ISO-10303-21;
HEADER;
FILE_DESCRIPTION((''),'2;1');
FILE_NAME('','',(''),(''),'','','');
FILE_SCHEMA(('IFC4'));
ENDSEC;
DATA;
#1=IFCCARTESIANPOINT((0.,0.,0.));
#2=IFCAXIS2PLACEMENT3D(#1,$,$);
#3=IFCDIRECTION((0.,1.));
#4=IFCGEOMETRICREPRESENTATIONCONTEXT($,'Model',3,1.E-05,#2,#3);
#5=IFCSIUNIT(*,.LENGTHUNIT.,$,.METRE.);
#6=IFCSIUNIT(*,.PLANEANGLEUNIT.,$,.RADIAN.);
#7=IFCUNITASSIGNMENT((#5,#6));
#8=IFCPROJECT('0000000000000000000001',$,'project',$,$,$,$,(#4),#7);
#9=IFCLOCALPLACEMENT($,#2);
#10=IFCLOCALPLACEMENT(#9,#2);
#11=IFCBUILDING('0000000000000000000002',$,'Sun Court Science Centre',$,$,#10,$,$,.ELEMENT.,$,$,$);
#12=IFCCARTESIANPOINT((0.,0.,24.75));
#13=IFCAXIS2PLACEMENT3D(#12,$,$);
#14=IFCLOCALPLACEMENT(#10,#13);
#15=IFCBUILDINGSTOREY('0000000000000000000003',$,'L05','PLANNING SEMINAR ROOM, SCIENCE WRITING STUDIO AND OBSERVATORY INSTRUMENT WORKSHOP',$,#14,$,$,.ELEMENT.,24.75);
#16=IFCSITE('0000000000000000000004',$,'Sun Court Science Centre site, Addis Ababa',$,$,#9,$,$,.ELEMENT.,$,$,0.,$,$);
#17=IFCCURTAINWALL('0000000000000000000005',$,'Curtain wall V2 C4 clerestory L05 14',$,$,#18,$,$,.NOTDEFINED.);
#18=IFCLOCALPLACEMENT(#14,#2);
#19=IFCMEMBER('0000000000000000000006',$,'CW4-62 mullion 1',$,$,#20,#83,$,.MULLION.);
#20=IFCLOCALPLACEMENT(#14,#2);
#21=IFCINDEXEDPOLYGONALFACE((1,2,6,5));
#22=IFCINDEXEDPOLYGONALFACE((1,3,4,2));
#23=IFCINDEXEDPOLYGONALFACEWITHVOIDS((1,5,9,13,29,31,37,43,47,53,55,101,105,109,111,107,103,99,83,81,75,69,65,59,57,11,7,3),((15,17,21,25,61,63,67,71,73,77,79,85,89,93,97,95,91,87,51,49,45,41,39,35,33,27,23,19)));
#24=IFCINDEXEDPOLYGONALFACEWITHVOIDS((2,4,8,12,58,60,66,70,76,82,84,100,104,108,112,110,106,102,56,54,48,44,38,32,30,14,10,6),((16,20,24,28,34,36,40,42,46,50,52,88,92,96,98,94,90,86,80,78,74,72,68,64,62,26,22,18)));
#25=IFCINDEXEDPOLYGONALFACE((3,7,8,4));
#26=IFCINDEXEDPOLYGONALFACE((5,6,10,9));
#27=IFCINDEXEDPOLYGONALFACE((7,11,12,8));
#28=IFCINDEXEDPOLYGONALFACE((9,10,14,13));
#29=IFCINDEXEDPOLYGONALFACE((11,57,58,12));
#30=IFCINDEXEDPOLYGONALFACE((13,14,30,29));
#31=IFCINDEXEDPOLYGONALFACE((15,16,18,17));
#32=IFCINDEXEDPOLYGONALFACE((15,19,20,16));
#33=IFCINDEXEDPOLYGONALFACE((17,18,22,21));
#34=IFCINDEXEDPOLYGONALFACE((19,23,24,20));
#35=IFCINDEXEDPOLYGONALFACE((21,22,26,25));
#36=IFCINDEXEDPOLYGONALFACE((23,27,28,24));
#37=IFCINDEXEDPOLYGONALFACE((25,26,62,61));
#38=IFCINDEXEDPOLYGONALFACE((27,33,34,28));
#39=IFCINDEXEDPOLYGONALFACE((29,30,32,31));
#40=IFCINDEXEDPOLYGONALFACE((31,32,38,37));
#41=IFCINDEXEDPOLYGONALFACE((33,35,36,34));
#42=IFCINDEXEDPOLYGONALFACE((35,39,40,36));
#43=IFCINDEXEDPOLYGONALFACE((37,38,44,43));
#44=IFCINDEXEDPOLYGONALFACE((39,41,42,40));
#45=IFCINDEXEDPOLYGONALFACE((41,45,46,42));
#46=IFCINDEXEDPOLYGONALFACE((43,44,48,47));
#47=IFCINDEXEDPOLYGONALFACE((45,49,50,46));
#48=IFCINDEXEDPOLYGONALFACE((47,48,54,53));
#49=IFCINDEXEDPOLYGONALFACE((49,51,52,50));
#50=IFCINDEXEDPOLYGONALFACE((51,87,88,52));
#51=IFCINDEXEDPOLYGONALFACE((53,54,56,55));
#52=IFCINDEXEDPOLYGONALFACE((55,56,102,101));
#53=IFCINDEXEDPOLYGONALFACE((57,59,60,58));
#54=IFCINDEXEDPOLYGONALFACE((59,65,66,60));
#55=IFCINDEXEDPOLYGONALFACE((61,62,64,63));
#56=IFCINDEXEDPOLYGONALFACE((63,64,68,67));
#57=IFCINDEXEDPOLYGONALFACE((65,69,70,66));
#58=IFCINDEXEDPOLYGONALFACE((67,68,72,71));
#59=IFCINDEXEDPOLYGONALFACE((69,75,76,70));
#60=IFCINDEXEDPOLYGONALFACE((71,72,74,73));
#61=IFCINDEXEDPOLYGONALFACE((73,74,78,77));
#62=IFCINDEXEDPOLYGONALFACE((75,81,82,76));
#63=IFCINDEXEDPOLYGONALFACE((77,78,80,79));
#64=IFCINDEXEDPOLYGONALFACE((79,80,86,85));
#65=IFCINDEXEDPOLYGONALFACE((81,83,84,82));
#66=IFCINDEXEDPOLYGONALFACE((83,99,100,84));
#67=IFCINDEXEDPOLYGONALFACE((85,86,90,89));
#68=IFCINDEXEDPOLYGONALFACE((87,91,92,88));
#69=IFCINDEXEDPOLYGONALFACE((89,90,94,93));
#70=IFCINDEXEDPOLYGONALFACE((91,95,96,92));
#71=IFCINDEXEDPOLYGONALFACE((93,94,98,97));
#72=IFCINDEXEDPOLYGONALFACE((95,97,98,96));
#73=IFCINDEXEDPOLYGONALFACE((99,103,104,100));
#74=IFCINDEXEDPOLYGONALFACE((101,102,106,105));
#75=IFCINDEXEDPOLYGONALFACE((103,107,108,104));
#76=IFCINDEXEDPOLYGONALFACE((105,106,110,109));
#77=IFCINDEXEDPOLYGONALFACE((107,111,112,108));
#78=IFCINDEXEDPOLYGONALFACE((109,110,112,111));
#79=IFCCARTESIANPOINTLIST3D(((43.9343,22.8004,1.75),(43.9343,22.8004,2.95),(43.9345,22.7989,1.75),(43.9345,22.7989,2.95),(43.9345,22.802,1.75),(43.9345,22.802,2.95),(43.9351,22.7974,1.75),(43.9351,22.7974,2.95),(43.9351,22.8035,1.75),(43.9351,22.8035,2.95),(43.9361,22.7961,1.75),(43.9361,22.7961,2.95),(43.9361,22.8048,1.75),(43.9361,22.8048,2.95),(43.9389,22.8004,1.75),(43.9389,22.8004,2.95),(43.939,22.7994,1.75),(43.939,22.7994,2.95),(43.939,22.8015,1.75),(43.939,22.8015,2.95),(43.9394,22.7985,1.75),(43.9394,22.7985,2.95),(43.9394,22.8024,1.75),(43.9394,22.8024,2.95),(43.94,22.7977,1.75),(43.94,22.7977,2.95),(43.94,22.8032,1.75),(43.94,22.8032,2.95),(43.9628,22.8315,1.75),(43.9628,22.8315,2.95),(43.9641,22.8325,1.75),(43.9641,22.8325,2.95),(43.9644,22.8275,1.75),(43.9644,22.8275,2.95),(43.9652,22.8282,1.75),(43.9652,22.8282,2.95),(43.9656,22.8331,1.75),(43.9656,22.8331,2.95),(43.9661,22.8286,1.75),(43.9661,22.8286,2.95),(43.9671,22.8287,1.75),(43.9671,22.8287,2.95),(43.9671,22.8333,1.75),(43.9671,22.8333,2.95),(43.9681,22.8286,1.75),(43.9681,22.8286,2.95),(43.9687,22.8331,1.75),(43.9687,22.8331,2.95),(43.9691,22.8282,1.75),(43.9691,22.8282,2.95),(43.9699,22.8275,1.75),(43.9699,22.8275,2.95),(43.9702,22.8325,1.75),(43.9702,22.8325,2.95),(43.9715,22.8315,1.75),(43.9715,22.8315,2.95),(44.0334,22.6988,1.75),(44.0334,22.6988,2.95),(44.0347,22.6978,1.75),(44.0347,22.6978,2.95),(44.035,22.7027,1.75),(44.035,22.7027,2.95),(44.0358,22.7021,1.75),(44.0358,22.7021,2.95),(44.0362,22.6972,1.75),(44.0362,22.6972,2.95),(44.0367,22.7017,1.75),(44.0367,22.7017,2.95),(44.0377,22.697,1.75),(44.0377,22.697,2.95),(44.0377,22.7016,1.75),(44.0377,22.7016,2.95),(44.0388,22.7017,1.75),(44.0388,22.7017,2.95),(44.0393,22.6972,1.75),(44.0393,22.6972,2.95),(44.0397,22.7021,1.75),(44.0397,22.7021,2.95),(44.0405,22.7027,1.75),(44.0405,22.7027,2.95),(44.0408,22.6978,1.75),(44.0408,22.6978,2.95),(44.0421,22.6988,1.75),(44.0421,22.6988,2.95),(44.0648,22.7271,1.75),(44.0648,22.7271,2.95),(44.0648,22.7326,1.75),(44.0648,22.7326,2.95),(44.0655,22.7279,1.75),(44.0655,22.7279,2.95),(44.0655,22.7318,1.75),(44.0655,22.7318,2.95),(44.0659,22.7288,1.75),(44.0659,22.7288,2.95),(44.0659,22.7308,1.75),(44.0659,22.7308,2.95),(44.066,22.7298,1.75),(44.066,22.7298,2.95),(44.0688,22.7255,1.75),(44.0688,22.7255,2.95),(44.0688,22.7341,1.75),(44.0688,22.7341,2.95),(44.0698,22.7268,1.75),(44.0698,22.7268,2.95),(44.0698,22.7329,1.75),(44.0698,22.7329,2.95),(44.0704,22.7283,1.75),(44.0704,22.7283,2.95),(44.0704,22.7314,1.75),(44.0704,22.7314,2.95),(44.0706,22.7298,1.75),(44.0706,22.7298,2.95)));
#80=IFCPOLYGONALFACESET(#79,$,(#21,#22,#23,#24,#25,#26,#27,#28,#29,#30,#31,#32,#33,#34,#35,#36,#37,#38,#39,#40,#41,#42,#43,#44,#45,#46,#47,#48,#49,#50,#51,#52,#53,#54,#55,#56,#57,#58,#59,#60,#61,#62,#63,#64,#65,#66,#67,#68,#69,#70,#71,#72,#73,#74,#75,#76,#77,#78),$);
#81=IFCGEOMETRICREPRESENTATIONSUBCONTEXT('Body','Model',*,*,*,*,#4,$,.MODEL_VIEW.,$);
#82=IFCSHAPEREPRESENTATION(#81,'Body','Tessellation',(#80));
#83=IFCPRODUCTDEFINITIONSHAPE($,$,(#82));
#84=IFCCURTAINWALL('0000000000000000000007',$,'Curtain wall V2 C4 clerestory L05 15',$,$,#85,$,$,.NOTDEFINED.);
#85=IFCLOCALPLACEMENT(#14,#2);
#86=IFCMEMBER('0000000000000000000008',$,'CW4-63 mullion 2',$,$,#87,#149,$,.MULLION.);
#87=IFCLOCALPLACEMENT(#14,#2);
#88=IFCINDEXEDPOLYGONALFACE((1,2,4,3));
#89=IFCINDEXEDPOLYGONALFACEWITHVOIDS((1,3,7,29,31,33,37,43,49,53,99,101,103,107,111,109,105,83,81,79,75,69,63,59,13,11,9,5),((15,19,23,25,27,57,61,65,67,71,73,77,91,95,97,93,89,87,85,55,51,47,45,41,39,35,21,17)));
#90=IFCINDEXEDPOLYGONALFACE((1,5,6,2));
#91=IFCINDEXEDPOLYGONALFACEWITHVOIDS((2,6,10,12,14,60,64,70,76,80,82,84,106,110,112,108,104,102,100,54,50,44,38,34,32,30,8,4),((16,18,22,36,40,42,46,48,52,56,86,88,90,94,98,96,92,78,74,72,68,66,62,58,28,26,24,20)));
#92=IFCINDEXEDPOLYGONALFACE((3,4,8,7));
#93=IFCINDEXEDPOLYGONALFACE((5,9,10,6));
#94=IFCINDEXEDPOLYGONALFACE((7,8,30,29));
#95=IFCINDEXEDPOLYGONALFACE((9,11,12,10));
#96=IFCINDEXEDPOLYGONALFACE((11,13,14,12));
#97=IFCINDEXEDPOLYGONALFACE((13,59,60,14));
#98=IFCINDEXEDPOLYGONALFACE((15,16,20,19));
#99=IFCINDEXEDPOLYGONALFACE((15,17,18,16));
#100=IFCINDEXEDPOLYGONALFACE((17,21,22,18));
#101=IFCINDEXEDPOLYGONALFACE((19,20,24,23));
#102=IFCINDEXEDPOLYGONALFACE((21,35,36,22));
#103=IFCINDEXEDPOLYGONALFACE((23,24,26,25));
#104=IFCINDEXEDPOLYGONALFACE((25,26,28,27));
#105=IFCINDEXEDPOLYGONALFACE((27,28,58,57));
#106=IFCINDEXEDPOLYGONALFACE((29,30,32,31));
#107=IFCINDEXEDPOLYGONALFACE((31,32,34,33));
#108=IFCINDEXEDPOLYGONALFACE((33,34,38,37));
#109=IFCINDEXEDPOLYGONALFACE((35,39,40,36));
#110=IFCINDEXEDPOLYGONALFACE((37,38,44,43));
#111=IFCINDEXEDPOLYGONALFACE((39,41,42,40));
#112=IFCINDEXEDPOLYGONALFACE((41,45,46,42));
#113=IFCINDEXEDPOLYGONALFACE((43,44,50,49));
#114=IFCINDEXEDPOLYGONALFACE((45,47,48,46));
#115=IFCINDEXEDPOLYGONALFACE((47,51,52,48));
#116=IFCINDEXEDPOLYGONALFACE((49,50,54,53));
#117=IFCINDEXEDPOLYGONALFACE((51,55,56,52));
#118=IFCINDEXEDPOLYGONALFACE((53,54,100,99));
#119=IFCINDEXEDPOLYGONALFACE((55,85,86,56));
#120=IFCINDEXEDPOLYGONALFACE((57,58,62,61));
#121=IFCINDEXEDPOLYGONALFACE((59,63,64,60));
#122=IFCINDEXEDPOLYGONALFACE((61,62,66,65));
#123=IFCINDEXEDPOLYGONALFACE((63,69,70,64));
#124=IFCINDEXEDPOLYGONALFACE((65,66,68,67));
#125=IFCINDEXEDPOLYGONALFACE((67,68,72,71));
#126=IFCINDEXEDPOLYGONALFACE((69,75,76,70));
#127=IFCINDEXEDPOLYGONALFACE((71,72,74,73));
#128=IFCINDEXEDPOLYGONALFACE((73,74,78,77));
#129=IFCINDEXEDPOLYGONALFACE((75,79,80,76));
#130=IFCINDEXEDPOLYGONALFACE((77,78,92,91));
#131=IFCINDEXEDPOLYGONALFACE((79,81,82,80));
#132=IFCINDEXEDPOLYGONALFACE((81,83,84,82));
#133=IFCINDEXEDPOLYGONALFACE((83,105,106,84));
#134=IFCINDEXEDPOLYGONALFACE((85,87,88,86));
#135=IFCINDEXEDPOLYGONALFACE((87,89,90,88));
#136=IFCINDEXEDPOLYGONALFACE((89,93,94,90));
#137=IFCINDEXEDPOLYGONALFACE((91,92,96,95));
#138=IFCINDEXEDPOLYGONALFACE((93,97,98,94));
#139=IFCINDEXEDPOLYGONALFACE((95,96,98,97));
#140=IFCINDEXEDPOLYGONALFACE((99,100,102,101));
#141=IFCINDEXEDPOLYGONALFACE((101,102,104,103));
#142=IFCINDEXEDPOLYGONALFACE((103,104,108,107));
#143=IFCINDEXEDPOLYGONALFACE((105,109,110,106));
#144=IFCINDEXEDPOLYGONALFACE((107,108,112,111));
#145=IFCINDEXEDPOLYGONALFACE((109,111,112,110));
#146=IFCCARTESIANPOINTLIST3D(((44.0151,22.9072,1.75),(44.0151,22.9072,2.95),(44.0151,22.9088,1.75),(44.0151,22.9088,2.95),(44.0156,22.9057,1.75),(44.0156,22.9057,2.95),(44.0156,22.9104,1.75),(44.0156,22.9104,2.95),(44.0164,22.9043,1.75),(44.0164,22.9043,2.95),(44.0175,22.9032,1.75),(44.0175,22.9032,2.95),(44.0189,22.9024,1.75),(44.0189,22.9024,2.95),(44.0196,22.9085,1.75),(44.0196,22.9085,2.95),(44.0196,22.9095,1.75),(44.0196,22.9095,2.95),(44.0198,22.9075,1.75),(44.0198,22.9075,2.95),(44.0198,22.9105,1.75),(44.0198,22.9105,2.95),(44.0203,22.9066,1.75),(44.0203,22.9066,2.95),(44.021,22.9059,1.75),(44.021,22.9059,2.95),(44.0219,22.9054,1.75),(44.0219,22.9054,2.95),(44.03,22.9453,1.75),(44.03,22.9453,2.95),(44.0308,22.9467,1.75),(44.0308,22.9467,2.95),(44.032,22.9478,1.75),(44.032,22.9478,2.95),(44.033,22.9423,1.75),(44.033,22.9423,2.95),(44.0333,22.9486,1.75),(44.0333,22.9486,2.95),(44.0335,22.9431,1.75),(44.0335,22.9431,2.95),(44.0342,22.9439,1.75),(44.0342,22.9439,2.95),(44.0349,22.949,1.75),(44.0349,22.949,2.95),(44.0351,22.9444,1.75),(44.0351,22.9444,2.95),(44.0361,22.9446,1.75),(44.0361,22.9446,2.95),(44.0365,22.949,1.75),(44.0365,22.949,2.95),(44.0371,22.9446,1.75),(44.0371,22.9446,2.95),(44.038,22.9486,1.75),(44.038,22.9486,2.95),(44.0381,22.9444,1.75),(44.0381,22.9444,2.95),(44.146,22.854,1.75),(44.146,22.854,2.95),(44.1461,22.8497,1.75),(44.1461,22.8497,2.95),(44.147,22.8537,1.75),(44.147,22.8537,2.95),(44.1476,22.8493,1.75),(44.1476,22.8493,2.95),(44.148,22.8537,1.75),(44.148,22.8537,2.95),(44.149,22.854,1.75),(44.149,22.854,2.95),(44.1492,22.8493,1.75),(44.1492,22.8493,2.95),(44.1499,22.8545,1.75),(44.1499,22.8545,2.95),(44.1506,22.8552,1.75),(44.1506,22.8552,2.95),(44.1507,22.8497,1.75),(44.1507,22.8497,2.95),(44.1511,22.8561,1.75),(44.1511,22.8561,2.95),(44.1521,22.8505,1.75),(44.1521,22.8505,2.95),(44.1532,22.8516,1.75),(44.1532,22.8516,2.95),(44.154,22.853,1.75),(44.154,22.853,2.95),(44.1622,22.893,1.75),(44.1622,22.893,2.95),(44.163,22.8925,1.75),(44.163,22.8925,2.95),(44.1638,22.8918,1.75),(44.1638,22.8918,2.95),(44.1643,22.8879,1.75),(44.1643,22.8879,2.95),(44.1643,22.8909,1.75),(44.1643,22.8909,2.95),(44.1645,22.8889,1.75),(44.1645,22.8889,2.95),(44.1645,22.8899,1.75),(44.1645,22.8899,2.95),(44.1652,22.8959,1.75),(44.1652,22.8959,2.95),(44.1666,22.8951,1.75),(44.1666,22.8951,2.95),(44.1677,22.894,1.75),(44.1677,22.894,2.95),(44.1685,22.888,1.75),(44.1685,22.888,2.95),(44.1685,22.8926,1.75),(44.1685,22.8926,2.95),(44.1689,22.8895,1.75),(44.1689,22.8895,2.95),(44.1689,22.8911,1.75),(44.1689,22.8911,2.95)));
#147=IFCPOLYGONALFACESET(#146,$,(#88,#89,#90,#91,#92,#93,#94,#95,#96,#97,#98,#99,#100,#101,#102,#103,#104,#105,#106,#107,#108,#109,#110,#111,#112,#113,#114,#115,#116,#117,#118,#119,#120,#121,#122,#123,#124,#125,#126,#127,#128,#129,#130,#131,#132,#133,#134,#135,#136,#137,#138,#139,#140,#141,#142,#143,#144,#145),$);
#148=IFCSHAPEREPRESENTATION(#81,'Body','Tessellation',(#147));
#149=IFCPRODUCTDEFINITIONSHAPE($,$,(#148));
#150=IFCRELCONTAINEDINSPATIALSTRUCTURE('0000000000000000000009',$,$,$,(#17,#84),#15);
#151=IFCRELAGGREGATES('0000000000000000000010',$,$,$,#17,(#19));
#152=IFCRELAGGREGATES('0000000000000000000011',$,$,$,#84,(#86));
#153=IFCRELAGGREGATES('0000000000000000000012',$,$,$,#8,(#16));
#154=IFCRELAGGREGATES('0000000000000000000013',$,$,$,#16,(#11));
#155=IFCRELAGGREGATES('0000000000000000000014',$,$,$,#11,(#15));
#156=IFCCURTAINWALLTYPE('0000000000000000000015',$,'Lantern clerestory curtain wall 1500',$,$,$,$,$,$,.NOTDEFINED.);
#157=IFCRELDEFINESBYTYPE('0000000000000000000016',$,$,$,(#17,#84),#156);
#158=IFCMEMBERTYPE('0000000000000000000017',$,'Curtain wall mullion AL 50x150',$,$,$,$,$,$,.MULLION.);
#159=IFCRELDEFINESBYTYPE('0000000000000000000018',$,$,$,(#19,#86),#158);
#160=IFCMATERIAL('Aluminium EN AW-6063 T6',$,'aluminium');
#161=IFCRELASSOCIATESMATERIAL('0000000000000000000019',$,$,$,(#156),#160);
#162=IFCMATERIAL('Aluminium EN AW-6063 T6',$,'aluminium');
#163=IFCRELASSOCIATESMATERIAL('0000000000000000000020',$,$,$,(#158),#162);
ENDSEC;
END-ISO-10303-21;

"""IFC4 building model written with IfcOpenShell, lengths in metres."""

from ifc_helpers import new_model, si_unit, direction, frame, origin, origin_2d, place, context, subcontext, project, spatial, hollow_rectangle, extrude, material, material_profile, profile_set, type_object, element, aggregate, save


model = new_model("IFC4")

# Units and contexts
model_context = context("Model", 3, precision=1e-05, world=origin(), true_north=direction((0.0, 1.0)))
body_context = subcontext(model_context, "Body", "Model", "MODEL_VIEW")
ifc_project = project(units=[si_unit("LENGTHUNIT", "METRE"), si_unit("PLANEANGLEUNIT", "RADIAN")], contexts=[model_context])

# Site, building, storey
site_placement = place(None, origin())
site = spatial("IfcSite", under=ifc_project, at=site_placement, Name="Sun Court Science Centre site, Addis Ababa", CompositionType="ELEMENT", RefElevation=0.0)
building_placement = place(site_placement, origin())
building = spatial("IfcBuilding", under=site, at=building_placement, Name="Sun Court Science Centre", CompositionType="ELEMENT")
storey_placement = place(building_placement, frame((0.0, 0.0, 24.75)))
storey = spatial("IfcBuildingStorey", under=building, at=storey_placement, Name="L05", Description="PLANNING SEMINAR ROOM, SCIENCE WRITING STUDIO AND OBSERVATORY INSTRUMENT WORKSHOP", CompositionType="ELEMENT", Elevation=24.75)

# Shared definitions
ifc_material_1 = material(Name="Aluminium EN AW-6063 T6", Category="aluminium")
curtain_wall_type = type_object("IfcCurtainWallType", Name="Lantern clerestory curtain wall 1500", PredefinedType="NOTDEFINED", material=ifc_material_1)
ifc_material_2 = material(Name="Aluminium EN AW-6063 T6", Category="aluminium")
ifc_material_profile_1 = material_profile(ifc_material_2, hollow_rectangle(XDim=0.05, YDim=0.1499, WallThickness=0.0039, InnerFilletRadius=0.0039, OuterFilletRadius=0.0061, at=origin_2d()), Name="AL 50x150x4")
ifc_profile_set_1 = profile_set([ifc_material_profile_1], Name="Aluminium EN AW-6063 T6")
member_type_1 = type_object("IfcMemberType", Name="Curtain wall mullion AL 50x150", PredefinedType="MULLION", material=ifc_profile_set_1)

# Curtain walls, members
curtain_wall_1_placement = place(storey_placement, origin())
curtain_wall_1 = element("IfcCurtainWall", 1, at=curtain_wall_1_placement, inside=storey, type_object=curtain_wall_type, Name="Curtain wall V2 C4 clerestory L05 14", PredefinedType="NOTDEFINED")
member_1_placement = place(storey_placement, frame((44.0024, 22.7651, 1.75), z_axis=(0.0, 0.0, 1.0), x_axis=(-0.707107, -0.707107, 0.0)))
member_1 = element("IfcMember", 2, at=member_1_placement, type_object=member_type_1, Name="CW4-62 mullion 1", PredefinedType="MULLION", context=body_context, shape_type="SweptSolid", body=[
    extrude(hollow_rectangle(XDim=0.05, YDim=0.1499, WallThickness=0.0039, InnerFilletRadius=0.0039, OuterFilletRadius=0.0061, at=origin_2d()), origin(), (0.0, 0.0, 1.0), 1.2),
])
curtain_wall_2_placement = place(storey_placement, origin())
curtain_wall_2 = element("IfcCurtainWall", 3, at=curtain_wall_2_placement, inside=storey, type_object=curtain_wall_type, Name="Curtain wall V2 C4 clerestory L05 15", PredefinedType="NOTDEFINED")
member_2_placement = place(storey_placement, frame((44.092, 22.8992, 1.75), z_axis=(0.0, 0.0, 1.0), x_axis=(-0.382683, -0.92388, 0.0)))
member_2 = element("IfcMember", 4, at=member_2_placement, type_object=member_type_1, Name="CW4-63 mullion 2", PredefinedType="MULLION", context=body_context, shape_type="SweptSolid", body=[
    extrude(hollow_rectangle(XDim=0.05, YDim=0.1499, WallThickness=0.0039, InnerFilletRadius=0.0039, OuterFilletRadius=0.0061, at=origin_2d()), origin(), (0.0, 0.0, 1.0), 1.2),
])

aggregate(curtain_wall_1, [member_1])
aggregate(curtain_wall_2, [member_2])

save(model, "model.ifc")
